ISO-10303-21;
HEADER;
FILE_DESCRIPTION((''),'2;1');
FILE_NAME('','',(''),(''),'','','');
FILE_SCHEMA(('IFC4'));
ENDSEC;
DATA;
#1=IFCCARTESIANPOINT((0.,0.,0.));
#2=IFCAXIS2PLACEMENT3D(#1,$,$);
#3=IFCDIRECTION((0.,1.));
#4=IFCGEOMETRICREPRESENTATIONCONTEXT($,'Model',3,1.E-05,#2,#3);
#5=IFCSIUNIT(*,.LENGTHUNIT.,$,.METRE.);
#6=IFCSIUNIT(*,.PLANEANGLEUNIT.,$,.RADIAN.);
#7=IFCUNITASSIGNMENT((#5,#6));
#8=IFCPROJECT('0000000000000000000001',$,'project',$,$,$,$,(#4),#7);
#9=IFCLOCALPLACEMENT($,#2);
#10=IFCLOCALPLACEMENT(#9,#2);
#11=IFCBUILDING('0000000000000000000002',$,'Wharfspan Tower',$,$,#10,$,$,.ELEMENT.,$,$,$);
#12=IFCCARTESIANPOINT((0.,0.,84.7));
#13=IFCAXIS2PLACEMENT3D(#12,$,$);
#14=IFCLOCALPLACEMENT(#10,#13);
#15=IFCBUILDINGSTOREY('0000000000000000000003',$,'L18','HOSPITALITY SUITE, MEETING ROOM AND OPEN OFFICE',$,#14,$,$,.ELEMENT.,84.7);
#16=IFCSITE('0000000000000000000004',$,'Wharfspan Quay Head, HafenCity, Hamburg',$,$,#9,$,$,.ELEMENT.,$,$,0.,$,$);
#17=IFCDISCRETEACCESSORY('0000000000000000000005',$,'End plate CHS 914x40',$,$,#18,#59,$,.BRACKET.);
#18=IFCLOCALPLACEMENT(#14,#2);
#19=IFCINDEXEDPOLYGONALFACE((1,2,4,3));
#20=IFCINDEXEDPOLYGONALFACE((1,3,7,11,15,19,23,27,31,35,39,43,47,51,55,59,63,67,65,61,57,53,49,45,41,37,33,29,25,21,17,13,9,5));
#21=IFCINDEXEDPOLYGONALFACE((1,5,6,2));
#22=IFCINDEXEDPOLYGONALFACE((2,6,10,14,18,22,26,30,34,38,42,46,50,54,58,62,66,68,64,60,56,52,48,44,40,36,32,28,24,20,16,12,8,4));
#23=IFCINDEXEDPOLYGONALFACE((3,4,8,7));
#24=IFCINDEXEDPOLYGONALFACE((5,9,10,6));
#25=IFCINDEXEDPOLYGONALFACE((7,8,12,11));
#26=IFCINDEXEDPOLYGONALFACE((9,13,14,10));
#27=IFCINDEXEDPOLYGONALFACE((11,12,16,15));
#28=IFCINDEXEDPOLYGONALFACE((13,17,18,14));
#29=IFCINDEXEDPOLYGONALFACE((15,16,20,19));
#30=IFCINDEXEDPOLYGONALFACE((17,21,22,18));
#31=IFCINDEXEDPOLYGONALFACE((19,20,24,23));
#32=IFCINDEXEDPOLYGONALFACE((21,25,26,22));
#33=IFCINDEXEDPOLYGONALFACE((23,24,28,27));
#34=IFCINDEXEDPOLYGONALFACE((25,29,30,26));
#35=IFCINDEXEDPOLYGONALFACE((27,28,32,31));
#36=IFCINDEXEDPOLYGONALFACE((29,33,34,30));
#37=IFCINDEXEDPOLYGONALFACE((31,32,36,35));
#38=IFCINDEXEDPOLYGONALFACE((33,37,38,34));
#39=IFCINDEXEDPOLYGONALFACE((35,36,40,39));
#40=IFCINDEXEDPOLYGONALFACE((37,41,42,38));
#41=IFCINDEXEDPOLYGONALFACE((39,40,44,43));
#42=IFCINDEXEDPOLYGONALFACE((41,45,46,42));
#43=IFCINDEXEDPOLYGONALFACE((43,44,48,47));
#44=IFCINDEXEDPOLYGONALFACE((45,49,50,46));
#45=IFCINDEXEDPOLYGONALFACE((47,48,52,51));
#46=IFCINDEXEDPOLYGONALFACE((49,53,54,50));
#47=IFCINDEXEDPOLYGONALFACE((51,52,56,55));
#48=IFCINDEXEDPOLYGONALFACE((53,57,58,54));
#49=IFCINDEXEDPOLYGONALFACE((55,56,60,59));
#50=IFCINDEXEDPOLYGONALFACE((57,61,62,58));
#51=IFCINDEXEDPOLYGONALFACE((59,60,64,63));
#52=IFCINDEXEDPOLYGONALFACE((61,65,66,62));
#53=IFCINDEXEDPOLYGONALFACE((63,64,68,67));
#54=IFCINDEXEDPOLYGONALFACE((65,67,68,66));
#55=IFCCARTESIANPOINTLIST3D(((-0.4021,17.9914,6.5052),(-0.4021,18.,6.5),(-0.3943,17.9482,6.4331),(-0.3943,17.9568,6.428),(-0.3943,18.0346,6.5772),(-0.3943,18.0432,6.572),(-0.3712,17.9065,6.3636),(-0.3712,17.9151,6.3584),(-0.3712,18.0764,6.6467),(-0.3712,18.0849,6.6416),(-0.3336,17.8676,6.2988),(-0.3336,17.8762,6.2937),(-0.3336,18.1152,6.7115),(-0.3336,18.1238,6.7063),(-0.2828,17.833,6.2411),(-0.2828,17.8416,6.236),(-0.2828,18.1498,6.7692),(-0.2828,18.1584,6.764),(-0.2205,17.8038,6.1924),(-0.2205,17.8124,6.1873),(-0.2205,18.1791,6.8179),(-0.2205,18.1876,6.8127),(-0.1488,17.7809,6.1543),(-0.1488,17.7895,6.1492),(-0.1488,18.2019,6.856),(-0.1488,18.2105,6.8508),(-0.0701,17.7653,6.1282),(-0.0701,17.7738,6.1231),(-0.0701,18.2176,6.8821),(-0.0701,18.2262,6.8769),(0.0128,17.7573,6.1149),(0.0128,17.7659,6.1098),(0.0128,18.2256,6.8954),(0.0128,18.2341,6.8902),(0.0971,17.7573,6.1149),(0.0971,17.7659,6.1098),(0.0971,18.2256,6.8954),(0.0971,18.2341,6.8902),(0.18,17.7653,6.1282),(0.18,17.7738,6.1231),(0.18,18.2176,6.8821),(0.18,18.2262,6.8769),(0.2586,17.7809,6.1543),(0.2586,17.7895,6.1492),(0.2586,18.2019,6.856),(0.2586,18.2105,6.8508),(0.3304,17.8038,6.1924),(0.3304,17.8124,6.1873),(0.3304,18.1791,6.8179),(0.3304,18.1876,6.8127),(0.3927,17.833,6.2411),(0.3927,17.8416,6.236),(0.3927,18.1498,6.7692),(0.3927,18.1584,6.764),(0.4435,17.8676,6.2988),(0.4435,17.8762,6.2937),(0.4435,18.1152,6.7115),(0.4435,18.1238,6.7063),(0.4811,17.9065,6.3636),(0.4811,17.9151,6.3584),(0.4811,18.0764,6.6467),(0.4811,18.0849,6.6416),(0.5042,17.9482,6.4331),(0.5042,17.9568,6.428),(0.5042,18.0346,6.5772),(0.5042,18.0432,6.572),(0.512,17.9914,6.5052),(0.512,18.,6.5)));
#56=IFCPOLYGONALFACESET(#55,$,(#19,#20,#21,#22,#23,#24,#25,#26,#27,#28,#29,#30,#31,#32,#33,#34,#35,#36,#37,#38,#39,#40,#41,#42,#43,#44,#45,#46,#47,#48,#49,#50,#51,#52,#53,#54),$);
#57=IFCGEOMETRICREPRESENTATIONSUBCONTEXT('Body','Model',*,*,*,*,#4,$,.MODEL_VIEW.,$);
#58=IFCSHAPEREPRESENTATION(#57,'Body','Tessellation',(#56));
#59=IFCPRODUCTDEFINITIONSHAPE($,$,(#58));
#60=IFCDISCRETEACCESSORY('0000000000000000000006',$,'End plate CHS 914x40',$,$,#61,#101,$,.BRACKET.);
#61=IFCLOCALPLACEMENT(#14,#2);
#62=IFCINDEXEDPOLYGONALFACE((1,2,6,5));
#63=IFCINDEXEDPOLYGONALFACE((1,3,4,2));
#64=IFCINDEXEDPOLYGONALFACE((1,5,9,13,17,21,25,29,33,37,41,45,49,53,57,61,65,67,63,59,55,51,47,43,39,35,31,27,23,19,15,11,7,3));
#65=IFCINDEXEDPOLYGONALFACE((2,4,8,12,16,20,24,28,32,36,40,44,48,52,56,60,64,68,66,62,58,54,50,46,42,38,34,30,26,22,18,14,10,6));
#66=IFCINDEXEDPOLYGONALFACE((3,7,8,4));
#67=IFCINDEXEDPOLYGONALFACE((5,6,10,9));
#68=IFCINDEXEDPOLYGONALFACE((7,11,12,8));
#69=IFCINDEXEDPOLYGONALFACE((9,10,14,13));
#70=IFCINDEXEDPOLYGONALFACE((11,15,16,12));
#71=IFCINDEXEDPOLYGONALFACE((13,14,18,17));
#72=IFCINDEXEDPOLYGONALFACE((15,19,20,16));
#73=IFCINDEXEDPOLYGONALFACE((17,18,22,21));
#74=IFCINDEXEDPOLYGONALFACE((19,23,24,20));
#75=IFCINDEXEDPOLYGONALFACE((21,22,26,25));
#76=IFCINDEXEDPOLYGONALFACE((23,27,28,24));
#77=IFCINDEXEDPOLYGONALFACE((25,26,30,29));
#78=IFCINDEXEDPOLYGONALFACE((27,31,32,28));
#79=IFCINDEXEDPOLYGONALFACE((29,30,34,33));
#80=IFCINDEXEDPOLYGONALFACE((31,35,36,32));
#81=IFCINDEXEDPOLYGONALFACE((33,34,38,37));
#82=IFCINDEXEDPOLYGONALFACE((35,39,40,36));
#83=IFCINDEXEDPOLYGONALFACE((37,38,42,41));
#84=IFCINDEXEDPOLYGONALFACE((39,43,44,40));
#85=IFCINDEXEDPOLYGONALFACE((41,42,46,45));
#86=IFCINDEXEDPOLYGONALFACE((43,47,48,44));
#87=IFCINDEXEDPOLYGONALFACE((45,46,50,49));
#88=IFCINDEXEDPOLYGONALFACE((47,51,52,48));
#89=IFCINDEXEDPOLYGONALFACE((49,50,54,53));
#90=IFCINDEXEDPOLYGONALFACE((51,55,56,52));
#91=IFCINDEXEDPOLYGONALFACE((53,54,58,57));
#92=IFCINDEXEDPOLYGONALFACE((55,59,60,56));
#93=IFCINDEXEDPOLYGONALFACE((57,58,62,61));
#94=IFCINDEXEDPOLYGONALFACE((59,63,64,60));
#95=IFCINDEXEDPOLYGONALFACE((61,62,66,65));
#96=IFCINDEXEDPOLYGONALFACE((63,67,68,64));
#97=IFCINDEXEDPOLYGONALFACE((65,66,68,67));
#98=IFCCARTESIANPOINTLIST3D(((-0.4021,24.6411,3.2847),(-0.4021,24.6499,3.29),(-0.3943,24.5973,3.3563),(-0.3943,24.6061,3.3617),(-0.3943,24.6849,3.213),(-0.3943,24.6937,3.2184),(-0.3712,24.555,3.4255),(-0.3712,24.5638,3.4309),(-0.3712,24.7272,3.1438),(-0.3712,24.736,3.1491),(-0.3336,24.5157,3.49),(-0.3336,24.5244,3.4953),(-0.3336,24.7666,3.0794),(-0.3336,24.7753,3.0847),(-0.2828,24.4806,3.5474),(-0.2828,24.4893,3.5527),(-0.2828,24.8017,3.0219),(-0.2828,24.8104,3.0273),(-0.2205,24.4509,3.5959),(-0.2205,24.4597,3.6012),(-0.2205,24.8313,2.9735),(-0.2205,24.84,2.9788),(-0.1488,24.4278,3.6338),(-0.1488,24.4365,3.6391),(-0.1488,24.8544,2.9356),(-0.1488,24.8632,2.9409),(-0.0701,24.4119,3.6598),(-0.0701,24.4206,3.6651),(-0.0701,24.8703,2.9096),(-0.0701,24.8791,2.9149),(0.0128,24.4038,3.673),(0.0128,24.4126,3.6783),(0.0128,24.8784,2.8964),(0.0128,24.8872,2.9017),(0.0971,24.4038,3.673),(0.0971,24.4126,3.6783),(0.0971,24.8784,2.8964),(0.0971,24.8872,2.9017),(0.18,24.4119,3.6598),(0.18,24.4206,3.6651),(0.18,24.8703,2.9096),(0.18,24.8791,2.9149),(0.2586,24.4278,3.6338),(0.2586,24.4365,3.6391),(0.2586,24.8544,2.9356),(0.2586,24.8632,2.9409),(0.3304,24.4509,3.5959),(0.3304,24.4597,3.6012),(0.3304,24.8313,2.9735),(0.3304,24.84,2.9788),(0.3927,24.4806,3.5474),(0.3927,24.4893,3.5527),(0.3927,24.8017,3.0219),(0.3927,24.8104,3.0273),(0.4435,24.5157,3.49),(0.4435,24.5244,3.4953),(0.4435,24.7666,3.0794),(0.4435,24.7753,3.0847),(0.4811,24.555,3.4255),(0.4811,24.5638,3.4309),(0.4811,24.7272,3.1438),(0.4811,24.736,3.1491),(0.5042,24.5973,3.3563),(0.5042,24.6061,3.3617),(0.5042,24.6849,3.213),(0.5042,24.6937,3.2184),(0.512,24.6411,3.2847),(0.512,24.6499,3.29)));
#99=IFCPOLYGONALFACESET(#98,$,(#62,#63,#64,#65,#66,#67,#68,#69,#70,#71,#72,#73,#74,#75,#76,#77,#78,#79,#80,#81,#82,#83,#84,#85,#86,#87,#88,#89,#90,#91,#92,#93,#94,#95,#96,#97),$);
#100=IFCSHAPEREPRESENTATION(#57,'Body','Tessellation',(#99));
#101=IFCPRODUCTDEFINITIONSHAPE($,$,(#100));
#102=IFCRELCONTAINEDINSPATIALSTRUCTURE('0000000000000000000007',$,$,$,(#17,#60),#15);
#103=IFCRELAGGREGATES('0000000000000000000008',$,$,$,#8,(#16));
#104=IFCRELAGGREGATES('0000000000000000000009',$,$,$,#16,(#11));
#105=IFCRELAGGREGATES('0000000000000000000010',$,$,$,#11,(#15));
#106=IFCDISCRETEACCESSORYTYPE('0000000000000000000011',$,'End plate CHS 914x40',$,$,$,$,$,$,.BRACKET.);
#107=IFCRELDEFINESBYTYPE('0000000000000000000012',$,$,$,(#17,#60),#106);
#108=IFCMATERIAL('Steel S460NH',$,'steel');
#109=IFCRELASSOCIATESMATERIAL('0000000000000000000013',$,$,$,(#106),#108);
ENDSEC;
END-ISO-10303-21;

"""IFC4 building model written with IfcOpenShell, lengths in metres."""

from ifc_helpers import new_model, si_unit, direction, frame, origin, origin_2d, place, context, subcontext, project, spatial, circle, extrude, material, material_profile, profile_set, type_object, element, save


model = new_model("IFC4")

# Units and contexts
model_context = context("Model", 3, precision=1e-05, world=origin(), true_north=direction((0.0, 1.0)))
body_context = subcontext(model_context, "Body", "Model", "MODEL_VIEW")
ifc_project = project(units=[si_unit("LENGTHUNIT", "METRE"), si_unit("PLANEANGLEUNIT", "RADIAN")], contexts=[model_context])

# Site, building, storey
site_placement = place(None, origin())
site = spatial("IfcSite", under=ifc_project, at=site_placement, Name="Wharfspan Quay Head, HafenCity, Hamburg", CompositionType="ELEMENT", RefElevation=0.0)
building_placement = place(site_placement, origin())
building = spatial("IfcBuilding", under=site, at=building_placement, Name="Wharfspan Tower", CompositionType="ELEMENT")
storey_placement = place(building_placement, frame((0.0, 0.0, 84.7)))
storey = spatial("IfcBuildingStorey", under=building, at=storey_placement, Name="L18", Description="HOSPITALITY SUITE, MEETING ROOM AND OPEN OFFICE", CompositionType="ELEMENT", Elevation=84.7)

# Shared definitions
ifc_material_1 = material(Name="Steel S460NH", Category="steel")

# Discrete accessories
ifc_material_profile_1 = material_profile(ifc_material_1, circle(Radius=0.457, at=origin_2d()))
ifc_profile_set_1 = profile_set([ifc_material_profile_1], Name="Steel S460NH")
discrete_accessory_type = type_object("IfcDiscreteAccessoryType", Name="End plate CHS 914x40", PredefinedType="BRACKET", material=ifc_profile_set_1)
discrete_accessory_1_placement = place(storey_placement, frame((0.0549, 18.0, 6.5), z_axis=(0.0, -0.857493, 0.514496), x_axis=(1.0, 0.0, 0.0)))
element("IfcDiscreteAccessory", 1, at=discrete_accessory_1_placement, inside=storey, type_object=discrete_accessory_type, Name="End plate CHS 914x40", PredefinedType="BRACKET", context=body_context, shape_type="SweptSolid", body=[
    extrude(circle(Radius=0.457, at=origin_2d()), origin(), (0.0, 0.0, 1.0), 0.01),
])
discrete_accessory_2_placement = place(storey_placement, frame((0.0549, 24.6411, 3.2847), z_axis=(0.0, 0.853282, 0.52145), x_axis=(-1.0, 0.0, 0.0)))
element("IfcDiscreteAccessory", 2, at=discrete_accessory_2_placement, inside=storey, type_object=discrete_accessory_type, Name="End plate CHS 914x40", PredefinedType="BRACKET", context=body_context, shape_type="SweptSolid", body=[
    extrude(circle(Radius=0.457, at=origin_2d()), origin(), (0.0, 0.0, 1.0), 0.0103),
])

save(model, "model.ifc")
